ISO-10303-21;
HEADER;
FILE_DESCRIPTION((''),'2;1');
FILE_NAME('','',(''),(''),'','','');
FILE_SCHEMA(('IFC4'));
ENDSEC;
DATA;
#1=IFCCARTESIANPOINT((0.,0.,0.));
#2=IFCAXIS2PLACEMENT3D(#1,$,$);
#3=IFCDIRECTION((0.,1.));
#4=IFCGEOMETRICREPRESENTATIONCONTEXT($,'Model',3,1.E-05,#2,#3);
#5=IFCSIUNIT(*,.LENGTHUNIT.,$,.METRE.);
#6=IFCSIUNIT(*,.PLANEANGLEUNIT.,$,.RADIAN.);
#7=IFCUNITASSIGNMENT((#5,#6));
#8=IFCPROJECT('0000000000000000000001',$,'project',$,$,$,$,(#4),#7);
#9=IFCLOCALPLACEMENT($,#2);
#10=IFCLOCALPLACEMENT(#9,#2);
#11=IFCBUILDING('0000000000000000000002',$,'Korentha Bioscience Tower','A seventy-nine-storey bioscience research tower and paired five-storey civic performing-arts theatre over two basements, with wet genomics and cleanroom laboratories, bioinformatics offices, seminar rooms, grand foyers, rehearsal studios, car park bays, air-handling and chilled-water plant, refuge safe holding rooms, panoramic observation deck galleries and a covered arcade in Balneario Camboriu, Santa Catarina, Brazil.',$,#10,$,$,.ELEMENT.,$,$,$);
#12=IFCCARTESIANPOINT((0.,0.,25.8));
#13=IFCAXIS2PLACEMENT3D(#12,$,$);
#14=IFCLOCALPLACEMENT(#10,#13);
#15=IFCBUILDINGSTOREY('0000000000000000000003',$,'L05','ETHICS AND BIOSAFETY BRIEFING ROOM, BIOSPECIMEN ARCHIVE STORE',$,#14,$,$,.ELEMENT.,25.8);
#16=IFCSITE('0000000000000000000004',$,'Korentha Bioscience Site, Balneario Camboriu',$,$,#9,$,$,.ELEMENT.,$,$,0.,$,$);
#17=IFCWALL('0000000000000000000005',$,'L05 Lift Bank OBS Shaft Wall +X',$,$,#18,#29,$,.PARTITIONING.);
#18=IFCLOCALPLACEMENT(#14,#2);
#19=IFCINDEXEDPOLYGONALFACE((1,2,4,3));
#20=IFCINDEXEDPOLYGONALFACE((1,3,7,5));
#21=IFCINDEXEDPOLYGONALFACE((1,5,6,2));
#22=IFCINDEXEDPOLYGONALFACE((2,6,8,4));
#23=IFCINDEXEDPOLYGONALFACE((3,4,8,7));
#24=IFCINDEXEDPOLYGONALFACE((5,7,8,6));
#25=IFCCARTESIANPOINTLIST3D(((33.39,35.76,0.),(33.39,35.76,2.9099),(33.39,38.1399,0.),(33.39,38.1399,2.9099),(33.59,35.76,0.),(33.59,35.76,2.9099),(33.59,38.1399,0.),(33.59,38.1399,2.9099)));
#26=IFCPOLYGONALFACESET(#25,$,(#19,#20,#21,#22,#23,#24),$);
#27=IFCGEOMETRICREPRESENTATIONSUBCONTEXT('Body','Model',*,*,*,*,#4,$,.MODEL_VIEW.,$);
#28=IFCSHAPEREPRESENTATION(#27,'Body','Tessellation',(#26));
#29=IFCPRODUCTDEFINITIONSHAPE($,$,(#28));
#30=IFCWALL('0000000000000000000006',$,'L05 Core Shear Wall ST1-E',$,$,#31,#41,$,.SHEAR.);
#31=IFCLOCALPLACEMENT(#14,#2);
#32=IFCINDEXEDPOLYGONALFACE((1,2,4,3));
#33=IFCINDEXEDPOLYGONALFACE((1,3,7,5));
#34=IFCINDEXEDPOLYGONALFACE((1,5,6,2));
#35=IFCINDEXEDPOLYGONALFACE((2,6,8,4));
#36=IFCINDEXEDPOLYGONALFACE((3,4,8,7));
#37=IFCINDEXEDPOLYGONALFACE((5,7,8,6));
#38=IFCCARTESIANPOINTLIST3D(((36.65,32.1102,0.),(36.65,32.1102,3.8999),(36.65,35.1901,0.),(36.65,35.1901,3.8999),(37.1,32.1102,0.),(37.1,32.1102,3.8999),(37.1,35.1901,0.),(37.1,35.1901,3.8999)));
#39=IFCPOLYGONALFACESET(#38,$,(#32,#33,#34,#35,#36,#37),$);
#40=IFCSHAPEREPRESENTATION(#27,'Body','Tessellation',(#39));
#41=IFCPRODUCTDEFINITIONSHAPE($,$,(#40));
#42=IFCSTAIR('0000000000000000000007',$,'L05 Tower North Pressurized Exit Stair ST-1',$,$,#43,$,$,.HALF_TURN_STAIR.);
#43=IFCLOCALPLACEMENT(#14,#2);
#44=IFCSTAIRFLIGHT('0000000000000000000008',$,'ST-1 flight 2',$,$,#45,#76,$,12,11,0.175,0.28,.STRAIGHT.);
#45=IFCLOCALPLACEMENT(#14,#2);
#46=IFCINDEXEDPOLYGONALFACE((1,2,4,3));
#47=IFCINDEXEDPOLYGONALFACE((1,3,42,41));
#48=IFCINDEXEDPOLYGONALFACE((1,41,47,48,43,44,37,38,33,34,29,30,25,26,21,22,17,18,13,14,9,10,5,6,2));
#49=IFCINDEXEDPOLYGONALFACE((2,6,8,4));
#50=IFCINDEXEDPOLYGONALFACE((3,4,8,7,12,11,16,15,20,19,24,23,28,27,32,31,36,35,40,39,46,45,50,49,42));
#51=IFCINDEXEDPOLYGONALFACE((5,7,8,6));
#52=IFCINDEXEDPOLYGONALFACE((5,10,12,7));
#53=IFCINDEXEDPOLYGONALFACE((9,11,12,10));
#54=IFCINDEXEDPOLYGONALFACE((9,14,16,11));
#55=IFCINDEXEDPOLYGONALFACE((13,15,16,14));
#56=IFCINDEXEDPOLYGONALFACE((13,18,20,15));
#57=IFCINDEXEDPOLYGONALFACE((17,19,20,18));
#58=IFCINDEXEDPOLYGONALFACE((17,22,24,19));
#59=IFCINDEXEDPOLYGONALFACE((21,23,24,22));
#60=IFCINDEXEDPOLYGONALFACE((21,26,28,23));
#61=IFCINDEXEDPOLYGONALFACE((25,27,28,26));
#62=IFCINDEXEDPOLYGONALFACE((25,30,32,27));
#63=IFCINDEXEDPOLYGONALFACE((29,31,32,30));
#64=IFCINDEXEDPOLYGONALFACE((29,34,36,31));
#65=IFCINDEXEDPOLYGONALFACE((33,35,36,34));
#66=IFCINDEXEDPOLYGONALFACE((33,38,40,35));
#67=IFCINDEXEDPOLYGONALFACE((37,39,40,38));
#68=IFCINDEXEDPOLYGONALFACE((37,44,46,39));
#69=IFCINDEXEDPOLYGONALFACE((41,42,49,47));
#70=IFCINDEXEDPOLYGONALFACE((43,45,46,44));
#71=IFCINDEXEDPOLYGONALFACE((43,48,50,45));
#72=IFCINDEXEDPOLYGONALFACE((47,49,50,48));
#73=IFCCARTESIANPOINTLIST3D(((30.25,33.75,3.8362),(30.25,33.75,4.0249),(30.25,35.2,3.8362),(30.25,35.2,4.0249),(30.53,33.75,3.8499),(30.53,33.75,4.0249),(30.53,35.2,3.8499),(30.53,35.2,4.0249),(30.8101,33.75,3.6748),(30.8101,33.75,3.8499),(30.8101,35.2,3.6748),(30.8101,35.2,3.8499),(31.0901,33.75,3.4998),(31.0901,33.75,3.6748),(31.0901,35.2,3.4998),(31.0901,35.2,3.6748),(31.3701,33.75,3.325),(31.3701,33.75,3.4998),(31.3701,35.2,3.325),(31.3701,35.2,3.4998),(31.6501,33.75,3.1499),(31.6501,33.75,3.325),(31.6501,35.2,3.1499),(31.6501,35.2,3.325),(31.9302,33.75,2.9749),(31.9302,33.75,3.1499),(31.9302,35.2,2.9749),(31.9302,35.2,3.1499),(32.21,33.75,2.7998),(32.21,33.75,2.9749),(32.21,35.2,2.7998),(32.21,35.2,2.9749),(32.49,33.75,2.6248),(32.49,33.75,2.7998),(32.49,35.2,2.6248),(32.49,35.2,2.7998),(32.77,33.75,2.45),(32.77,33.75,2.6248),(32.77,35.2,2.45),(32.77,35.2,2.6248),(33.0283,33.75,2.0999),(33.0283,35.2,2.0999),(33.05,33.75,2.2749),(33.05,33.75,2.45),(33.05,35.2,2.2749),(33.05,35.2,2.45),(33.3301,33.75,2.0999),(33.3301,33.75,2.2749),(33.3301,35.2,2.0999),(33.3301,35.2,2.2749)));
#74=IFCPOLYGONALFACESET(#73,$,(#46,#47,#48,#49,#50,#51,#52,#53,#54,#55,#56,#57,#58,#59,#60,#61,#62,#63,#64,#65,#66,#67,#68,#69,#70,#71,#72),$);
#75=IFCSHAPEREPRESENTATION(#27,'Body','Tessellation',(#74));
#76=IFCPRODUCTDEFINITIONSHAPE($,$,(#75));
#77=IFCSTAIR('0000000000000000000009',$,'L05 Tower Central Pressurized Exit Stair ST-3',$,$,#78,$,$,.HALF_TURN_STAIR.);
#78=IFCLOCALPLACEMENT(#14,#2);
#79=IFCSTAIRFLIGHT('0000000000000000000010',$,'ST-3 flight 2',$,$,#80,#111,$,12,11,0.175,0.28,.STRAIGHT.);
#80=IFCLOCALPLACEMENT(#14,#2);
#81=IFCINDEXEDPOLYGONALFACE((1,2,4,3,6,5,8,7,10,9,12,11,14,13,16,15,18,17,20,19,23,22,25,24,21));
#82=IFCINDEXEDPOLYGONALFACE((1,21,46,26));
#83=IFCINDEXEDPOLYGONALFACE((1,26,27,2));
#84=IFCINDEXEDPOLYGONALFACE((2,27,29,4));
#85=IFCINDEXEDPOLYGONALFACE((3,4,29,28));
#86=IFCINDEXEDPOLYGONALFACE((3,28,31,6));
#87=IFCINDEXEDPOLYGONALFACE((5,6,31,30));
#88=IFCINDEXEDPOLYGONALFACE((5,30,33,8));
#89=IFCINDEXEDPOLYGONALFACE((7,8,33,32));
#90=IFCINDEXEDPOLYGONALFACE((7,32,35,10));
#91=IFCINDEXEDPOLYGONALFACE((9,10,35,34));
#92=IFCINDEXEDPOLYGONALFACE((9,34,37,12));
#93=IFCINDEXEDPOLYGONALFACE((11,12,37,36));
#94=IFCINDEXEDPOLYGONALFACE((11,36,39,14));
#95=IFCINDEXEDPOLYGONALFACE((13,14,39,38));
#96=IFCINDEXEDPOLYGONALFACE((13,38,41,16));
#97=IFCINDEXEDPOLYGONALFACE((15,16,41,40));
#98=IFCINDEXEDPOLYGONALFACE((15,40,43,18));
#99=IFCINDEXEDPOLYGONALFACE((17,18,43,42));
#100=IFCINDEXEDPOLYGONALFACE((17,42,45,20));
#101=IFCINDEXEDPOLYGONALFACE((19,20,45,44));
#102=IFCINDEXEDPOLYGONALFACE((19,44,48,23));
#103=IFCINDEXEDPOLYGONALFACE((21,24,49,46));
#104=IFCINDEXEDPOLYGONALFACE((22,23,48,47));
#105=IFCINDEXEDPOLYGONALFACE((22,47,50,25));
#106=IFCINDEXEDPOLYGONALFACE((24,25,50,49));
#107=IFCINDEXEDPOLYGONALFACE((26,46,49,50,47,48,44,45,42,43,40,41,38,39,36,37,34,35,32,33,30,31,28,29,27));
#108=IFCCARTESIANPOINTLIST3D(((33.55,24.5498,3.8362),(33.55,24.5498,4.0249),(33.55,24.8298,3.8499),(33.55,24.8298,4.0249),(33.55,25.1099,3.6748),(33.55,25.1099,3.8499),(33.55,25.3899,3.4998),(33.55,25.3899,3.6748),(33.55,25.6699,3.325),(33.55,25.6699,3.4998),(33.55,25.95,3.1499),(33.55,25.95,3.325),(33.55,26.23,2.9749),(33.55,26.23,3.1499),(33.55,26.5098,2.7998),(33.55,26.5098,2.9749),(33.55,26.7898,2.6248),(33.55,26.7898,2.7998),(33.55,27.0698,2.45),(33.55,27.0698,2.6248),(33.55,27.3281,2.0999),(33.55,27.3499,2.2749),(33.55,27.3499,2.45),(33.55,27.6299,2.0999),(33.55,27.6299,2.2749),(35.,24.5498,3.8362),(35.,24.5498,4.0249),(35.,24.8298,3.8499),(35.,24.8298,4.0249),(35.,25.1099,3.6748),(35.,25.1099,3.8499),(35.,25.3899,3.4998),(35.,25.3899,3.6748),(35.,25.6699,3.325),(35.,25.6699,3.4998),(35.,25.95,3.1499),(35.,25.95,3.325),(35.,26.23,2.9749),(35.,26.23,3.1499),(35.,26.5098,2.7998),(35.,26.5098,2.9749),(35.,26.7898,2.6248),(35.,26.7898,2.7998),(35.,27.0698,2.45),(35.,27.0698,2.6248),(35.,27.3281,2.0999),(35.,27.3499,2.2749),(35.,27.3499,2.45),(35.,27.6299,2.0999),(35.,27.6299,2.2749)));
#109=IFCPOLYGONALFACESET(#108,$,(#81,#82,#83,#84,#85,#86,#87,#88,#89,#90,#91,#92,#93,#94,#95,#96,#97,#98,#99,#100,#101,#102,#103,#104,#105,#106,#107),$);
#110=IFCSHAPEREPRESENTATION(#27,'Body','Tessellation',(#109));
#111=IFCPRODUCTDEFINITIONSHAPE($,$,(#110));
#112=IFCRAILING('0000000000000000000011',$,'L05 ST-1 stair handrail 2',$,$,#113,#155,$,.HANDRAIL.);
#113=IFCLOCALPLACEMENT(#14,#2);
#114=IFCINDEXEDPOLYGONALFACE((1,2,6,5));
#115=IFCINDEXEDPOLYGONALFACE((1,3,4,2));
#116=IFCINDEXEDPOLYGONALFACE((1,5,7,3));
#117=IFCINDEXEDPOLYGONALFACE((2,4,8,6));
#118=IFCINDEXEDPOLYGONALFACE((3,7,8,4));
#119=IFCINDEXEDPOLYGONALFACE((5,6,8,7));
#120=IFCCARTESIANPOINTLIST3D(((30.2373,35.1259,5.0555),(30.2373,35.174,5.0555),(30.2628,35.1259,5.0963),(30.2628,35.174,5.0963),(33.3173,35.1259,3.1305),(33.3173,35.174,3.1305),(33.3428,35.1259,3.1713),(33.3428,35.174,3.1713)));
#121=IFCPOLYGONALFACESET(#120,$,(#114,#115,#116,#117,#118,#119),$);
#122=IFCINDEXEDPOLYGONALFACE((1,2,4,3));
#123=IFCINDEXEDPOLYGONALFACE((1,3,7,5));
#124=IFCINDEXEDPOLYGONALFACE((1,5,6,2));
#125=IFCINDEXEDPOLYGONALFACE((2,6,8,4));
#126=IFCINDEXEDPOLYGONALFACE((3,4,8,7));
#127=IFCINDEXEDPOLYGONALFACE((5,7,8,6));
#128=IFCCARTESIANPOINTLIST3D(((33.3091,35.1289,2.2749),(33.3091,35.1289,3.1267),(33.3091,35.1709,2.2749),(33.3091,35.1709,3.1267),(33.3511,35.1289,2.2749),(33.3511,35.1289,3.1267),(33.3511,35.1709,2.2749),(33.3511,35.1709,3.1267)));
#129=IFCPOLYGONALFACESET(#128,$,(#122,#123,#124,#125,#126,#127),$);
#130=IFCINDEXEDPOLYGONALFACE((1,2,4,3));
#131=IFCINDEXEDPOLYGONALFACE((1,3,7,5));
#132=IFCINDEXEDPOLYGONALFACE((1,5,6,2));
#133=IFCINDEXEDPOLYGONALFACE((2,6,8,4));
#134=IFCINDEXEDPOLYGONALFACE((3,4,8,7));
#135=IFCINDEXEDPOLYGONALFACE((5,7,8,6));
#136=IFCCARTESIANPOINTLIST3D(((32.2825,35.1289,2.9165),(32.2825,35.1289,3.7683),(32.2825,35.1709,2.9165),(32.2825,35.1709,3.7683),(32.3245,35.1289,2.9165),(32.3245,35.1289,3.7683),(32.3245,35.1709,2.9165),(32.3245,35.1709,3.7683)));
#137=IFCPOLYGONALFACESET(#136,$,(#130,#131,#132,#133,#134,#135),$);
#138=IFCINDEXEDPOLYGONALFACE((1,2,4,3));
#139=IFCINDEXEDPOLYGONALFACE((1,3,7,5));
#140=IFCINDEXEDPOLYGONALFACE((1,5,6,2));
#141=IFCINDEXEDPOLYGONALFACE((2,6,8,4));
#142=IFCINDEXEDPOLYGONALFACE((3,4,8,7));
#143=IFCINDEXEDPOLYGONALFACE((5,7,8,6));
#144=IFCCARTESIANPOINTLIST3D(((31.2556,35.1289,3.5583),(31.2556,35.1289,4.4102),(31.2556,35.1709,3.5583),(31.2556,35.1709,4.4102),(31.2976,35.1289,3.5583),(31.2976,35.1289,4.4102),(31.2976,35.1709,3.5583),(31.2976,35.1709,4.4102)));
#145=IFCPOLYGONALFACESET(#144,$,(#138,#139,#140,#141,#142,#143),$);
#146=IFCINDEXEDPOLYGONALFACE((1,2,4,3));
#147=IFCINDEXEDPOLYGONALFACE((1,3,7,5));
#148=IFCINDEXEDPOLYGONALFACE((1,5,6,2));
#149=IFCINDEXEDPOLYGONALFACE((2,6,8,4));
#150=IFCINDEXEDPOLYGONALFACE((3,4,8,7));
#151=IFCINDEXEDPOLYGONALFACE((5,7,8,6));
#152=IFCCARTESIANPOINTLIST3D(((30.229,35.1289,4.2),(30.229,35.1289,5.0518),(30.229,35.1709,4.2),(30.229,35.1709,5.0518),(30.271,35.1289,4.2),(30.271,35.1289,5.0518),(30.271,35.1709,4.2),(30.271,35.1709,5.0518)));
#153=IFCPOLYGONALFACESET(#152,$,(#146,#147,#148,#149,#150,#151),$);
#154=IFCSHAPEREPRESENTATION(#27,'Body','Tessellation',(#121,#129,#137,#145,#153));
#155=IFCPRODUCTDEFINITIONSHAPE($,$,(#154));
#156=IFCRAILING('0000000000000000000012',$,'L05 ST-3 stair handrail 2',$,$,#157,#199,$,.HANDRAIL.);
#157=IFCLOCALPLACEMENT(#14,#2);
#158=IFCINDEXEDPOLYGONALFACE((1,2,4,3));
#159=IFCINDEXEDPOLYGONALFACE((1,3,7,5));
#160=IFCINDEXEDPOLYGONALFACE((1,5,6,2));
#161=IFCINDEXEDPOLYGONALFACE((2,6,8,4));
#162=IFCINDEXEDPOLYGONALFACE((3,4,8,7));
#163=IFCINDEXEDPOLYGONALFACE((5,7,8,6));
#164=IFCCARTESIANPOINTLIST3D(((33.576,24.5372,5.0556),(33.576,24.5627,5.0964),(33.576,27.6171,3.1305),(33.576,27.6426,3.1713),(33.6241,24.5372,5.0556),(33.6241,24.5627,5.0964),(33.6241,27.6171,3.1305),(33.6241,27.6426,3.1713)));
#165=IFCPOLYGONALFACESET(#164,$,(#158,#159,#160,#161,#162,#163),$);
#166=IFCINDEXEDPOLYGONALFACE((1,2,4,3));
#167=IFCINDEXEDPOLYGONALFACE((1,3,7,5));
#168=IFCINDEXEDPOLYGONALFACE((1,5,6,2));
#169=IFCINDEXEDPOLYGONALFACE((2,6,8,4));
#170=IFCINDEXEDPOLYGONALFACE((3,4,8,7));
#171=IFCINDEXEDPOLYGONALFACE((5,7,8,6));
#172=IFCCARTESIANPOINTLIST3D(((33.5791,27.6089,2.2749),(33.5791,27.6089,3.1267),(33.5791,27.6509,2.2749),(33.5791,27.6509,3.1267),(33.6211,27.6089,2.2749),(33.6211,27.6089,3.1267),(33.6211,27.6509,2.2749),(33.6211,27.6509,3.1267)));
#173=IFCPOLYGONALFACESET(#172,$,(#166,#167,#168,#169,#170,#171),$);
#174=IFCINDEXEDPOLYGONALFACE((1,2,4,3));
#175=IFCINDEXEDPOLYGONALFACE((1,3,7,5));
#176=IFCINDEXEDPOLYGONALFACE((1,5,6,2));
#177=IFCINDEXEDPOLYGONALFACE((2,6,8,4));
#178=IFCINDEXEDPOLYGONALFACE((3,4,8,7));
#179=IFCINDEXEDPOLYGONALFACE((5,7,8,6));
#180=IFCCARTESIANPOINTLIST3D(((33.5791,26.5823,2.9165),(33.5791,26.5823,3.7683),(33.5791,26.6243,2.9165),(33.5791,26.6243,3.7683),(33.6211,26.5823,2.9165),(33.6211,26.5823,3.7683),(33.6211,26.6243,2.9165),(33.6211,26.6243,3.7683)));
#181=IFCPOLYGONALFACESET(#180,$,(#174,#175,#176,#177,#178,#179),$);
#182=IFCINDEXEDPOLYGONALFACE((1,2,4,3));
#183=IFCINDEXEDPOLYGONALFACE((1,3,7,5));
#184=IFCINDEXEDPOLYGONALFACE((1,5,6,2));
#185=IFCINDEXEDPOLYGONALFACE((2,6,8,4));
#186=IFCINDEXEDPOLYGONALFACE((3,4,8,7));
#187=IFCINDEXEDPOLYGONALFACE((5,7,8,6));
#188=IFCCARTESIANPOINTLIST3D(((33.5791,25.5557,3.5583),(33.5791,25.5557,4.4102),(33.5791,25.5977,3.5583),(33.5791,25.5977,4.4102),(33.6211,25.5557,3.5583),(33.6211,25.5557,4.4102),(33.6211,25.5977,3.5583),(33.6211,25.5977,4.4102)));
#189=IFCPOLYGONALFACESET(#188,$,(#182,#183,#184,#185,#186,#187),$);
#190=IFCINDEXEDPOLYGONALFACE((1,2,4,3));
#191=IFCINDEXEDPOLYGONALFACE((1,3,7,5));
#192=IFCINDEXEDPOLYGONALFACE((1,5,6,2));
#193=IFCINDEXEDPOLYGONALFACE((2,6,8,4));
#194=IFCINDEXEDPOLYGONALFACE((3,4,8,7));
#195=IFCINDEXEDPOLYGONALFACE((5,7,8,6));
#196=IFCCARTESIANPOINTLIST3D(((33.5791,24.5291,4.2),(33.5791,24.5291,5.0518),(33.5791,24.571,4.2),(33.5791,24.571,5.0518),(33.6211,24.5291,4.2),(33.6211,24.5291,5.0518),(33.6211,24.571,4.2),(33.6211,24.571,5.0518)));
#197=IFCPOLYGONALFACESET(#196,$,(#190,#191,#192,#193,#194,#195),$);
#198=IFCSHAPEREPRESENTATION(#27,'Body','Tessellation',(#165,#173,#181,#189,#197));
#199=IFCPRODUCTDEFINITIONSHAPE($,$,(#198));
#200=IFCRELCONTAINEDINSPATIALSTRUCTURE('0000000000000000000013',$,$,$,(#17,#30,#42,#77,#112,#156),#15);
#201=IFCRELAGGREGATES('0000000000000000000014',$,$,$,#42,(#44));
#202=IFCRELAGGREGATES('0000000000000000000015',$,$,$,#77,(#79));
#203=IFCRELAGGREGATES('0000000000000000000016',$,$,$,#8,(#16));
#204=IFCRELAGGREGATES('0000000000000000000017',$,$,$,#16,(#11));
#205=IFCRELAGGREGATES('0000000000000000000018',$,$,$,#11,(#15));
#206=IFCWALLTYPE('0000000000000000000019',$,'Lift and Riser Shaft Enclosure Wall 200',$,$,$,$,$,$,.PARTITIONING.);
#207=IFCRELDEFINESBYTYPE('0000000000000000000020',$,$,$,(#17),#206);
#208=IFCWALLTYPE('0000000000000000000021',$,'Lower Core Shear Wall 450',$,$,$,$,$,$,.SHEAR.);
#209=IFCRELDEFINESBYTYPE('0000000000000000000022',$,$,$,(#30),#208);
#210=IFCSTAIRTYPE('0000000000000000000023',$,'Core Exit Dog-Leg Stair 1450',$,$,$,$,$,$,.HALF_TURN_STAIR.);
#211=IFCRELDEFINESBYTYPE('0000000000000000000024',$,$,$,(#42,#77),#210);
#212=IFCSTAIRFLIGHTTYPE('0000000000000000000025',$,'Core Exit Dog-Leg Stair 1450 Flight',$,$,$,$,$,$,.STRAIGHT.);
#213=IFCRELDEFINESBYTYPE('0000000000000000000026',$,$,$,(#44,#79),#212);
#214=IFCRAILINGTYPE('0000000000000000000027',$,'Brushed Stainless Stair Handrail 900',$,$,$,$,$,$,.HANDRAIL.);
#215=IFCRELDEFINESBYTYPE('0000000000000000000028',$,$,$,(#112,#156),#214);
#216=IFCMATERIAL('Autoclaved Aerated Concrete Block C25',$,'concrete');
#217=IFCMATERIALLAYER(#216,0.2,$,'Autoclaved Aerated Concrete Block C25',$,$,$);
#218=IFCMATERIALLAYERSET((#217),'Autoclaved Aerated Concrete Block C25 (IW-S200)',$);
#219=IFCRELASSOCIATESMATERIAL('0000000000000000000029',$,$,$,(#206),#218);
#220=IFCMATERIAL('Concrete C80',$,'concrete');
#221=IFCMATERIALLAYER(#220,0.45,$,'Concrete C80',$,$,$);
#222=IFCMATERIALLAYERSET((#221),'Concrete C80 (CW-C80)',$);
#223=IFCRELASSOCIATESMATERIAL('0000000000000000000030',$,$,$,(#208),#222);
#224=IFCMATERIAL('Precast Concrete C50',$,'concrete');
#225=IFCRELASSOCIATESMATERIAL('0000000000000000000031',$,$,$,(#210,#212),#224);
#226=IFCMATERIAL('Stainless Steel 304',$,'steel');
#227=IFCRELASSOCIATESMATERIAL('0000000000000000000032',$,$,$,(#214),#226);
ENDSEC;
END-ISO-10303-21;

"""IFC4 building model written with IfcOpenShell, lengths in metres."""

from ifc_helpers import new_model, si_unit, direction, frame, frame_2d, origin, origin_2d, place, context, subcontext, project, spatial, polyline, rectangle, outline, extrude, material, layer, layer_set, type_object, element, aggregate, save


model = new_model("IFC4")

# Units and contexts
model_context = context("Model", 3, precision=1e-05, world=origin(), true_north=direction((0.0, 1.0)))
body_context = subcontext(model_context, "Body", "Model", "MODEL_VIEW")
ifc_project = project(units=[si_unit("LENGTHUNIT", "METRE"), si_unit("PLANEANGLEUNIT", "RADIAN")], contexts=[model_context])

# Site, building, storey
site_placement = place(None, origin())
site = spatial("IfcSite", under=ifc_project, at=site_placement, Name="Korentha Bioscience Site, Balneario Camboriu", CompositionType="ELEMENT", RefElevation=0.0)
building_placement = place(site_placement, origin())
building = spatial("IfcBuilding", under=site, at=building_placement, Name="Korentha Bioscience Tower", Description="A seventy-nine-storey bioscience research tower and paired five-storey civic performing-arts theatre over two basements, with wet genomics and cleanroom laboratories, bioinformatics offices, seminar rooms, grand foyers, rehearsal studios, car park bays, air-handling and chilled-water plant, refuge safe holding rooms, panoramic observation deck galleries and a covered arcade in Balneario Camboriu, Santa Catarina, Brazil.", CompositionType="ELEMENT")
storey_placement = place(building_placement, frame((0.0, 0.0, 25.8)))
storey = spatial("IfcBuildingStorey", under=building, at=storey_placement, Name="L05", Description="ETHICS AND BIOSAFETY BRIEFING ROOM, BIOSPECIMEN ARCHIVE STORE", CompositionType="ELEMENT", Elevation=25.8)

# Walls
ifc_material_1 = material(Name="Autoclaved Aerated Concrete Block C25", Category="concrete")
ifc_layer_1 = layer(ifc_material_1, 0.2, Name="Autoclaved Aerated Concrete Block C25")
ifc_layer_set_1 = layer_set([ifc_layer_1], Name="Autoclaved Aerated Concrete Block C25 (IW-S200)")
wall_type_1 = type_object("IfcWallType", Name="Lift and Riser Shaft Enclosure Wall 200", PredefinedType="PARTITIONING", material=ifc_layer_set_1)
wall_1_placement = place(storey_placement, frame((33.49, 35.76, 0.0), z_axis=(0.0, 0.0, 1.0), x_axis=(0.0, 1.0, 0.0)))
element("IfcWall", 1, at=wall_1_placement, inside=storey, type_object=wall_type_1, Name="L05 Lift Bank OBS Shaft Wall +X", PredefinedType="PARTITIONING", context=body_context, shape_type="SweptSolid", body=[
    extrude(rectangle(XDim=2.3799, YDim=0.2, at=frame_2d((1.1899, 0.0))), origin(), (0.0, 0.0, 1.0), 2.9099),
])
ifc_material_2 = material(Name="Concrete C80", Category="concrete")
ifc_layer_2 = layer(ifc_material_2, 0.45, Name="Concrete C80")
ifc_layer_set_2 = layer_set([ifc_layer_2], Name="Concrete C80 (CW-C80)")
wall_type_2 = type_object("IfcWallType", Name="Lower Core Shear Wall 450", PredefinedType="SHEAR", material=ifc_layer_set_2)
wall_2_placement = place(storey_placement, frame((36.875, 32.1101, 0.0), z_axis=(0.0, 0.0, 1.0), x_axis=(0.0, 1.0, 0.0)))
element("IfcWall", 2, at=wall_2_placement, inside=storey, type_object=wall_type_2, Name="L05 Core Shear Wall ST1-E", PredefinedType="SHEAR", context=body_context, shape_type="SweptSolid", body=[
    extrude(rectangle(XDim=3.0798, YDim=0.45, at=frame_2d((1.54, 0.0))), origin(), (0.0, 0.0, 1.0), 3.8999),
])

# Stairs, stair flights
ifc_material_3 = material(Name="Precast Concrete C50", Category="concrete")
stair_type = type_object("IfcStairType", Name="Core Exit Dog-Leg Stair 1450", PredefinedType="HALF_TURN_STAIR", material=ifc_material_3)
stair_1_placement = place(storey_placement, origin())
stair_1 = element("IfcStair", 3, at=stair_1_placement, inside=storey, type_object=stair_type, Name="L05 Tower North Pressurized Exit Stair ST-1", PredefinedType="HALF_TURN_STAIR")
stair_flight_type = type_object("IfcStairFlightType", Name="Core Exit Dog-Leg Stair 1450 Flight", PredefinedType="STRAIGHT", material=ifc_material_3)
stair_flight_1_placement = place(storey_placement, frame((33.3301, 34.4751, 2.0999), z_axis=(0.0, 0.0, 1.0), x_axis=(-1.0, 0.0, 0.0)))
stair_flight_1 = element("IfcStairFlight", 4, at=stair_flight_1_placement, type_object=stair_flight_type, Name="ST-1 flight 2", NumberOfRisers=12, NumberOfTreads=11, PredefinedType="STRAIGHT", RiserHeight=0.175, TreadLength=0.28, context=body_context, shape_type="SweptSolid", body=[
    extrude(outline(polyline([(0.0, 0.0), (0.0, 0.175), (0.28, 0.175), (0.28, 0.3501), (0.5601, 0.3501), (0.5601, 0.5249), (0.8401, 0.5249), (0.8401, 0.7), (1.1201, 0.7), (1.1201, 0.875), (1.3999, 0.875), (1.3999, 1.05), (1.6799, 1.05), (1.6799, 1.2251), (1.96, 1.2251), (1.96, 1.3999), (2.24, 1.3999), (2.24, 1.575), (2.52, 1.575), (2.52, 1.75), (2.8, 1.75), (2.8, 1.925), (3.0801, 1.925), (3.0801, 2.1001), (3.0801, 1.7363), (0.3018, 0.0), (0.0, 0.0)])), frame((0.0, 0.7251, 0.0), z_axis=(0.0, -1.0, 0.0), x_axis=(1.0, 0.0, 0.0)), (0.0, 0.0, 1.0), 1.45),
])
aggregate(stair_1, [stair_flight_1])
stair_2_placement = place(storey_placement, origin())
stair_2 = element("IfcStair", 5, at=stair_2_placement, inside=storey, type_object=stair_type, Name="L05 Tower Central Pressurized Exit Stair ST-3", PredefinedType="HALF_TURN_STAIR")
stair_flight_2_placement = place(storey_placement, frame((34.2749, 27.6299, 2.0999), z_axis=(0.0, 0.0, 1.0), x_axis=(0.0, -1.0, 0.0)))
stair_flight_2 = element("IfcStairFlight", 6, at=stair_flight_2_placement, type_object=stair_flight_type, Name="ST-3 flight 2", NumberOfRisers=12, NumberOfTreads=11, PredefinedType="STRAIGHT", RiserHeight=0.175, TreadLength=0.28, context=body_context, shape_type="SweptSolid", body=[
    extrude(outline(polyline([(0.0, 0.0), (0.0, 0.175), (0.28, 0.175), (0.28, 0.3501), (0.5601, 0.3501), (0.5601, 0.5249), (0.8401, 0.5249), (0.8401, 0.7), (1.1201, 0.7), (1.1201, 0.875), (1.3999, 0.875), (1.3999, 1.05), (1.6799, 1.05), (1.6799, 1.2251), (1.96, 1.2251), (1.96, 1.3999), (2.24, 1.3999), (2.24, 1.575), (2.52, 1.575), (2.52, 1.75), (2.8, 1.75), (2.8, 1.925), (3.0801, 1.925), (3.0801, 2.1001), (3.0801, 1.7363), (0.3018, 0.0), (0.0, 0.0)])), frame((0.0, 0.7251, 0.0), z_axis=(0.0, -1.0, 0.0), x_axis=(1.0, 0.0, 0.0)), (0.0, 0.0, 1.0), 1.45),
])
aggregate(stair_2, [stair_flight_2])

# Railings
ifc_material_4 = material(Name="Stainless Steel 304", Category="steel")
railing_type_1 = type_object("IfcRailingType", Name="Brushed Stainless Stair Handrail 900", PredefinedType="HANDRAIL", material=ifc_material_4)
railing_1_placement = place(storey_placement, frame((33.3301, 35.1499, 2.2749)))
element("IfcRailing", 7, at=railing_1_placement, inside=storey, type_object=railing_type_1, Name="L05 ST-1 stair handrail 2", PredefinedType="HANDRAIL", context=body_context, shape_type="SweptSolid", body=[
    extrude(rectangle(XDim=0.0481, YDim=0.0481, at=origin_2d()), frame((0.0, 0.0, 0.876), z_axis=(-0.847998, 0.0, 0.529999), x_axis=(0.0, -1.0, 0.0)), (0.0, 0.0, 1.0), 3.6321),
    extrude(rectangle(XDim=0.042, YDim=0.042, at=origin_2d()), origin(), (0.0, 0.0, 1.0), 0.8518),
    extrude(rectangle(XDim=0.042, YDim=0.042, at=origin_2d()), frame((-1.0266, 0.0, 0.6416)), (0.0, 0.0, 1.0), 0.8518),
    extrude(rectangle(XDim=0.042, YDim=0.042, at=origin_2d()), frame((-2.0535, 0.0, 1.2834)), (0.0, 0.0, 1.0), 0.8518),
    extrude(rectangle(XDim=0.042, YDim=0.042, at=origin_2d()), frame((-3.0801, 0.0, 1.925)), (0.0, 0.0, 1.0), 0.8518),
])
railing_2_placement = place(storey_placement, frame((33.6001, 27.6299, 2.2749)))
element("IfcRailing", 8, at=railing_2_placement, inside=storey, type_object=railing_type_1, Name="L05 ST-3 stair handrail 2", PredefinedType="HANDRAIL", context=body_context, shape_type="SweptSolid", body=[
    extrude(rectangle(XDim=0.0481, YDim=0.0481, at=origin_2d()), frame((0.0, 0.0, 0.876), z_axis=(0.0, -0.847979, 0.530029), x_axis=(1.0, 0.0, 0.0)), (0.0, 0.0, 1.0), 3.6321),
    extrude(rectangle(XDim=0.042, YDim=0.042, at=origin_2d()), origin(), (0.0, 0.0, 1.0), 0.8518),
    extrude(rectangle(XDim=0.042, YDim=0.042, at=origin_2d()), frame((0.0, -1.0266, 0.6416)), (0.0, 0.0, 1.0), 0.8518),
    extrude(rectangle(XDim=0.042, YDim=0.042, at=origin_2d()), frame((0.0, -2.0532, 1.2834)), (0.0, 0.0, 1.0), 0.8518),
    extrude(rectangle(XDim=0.042, YDim=0.042, at=origin_2d()), frame((0.0, -3.0798, 1.925)), (0.0, 0.0, 1.0), 0.8518),
])

save(model, "model.ifc")
